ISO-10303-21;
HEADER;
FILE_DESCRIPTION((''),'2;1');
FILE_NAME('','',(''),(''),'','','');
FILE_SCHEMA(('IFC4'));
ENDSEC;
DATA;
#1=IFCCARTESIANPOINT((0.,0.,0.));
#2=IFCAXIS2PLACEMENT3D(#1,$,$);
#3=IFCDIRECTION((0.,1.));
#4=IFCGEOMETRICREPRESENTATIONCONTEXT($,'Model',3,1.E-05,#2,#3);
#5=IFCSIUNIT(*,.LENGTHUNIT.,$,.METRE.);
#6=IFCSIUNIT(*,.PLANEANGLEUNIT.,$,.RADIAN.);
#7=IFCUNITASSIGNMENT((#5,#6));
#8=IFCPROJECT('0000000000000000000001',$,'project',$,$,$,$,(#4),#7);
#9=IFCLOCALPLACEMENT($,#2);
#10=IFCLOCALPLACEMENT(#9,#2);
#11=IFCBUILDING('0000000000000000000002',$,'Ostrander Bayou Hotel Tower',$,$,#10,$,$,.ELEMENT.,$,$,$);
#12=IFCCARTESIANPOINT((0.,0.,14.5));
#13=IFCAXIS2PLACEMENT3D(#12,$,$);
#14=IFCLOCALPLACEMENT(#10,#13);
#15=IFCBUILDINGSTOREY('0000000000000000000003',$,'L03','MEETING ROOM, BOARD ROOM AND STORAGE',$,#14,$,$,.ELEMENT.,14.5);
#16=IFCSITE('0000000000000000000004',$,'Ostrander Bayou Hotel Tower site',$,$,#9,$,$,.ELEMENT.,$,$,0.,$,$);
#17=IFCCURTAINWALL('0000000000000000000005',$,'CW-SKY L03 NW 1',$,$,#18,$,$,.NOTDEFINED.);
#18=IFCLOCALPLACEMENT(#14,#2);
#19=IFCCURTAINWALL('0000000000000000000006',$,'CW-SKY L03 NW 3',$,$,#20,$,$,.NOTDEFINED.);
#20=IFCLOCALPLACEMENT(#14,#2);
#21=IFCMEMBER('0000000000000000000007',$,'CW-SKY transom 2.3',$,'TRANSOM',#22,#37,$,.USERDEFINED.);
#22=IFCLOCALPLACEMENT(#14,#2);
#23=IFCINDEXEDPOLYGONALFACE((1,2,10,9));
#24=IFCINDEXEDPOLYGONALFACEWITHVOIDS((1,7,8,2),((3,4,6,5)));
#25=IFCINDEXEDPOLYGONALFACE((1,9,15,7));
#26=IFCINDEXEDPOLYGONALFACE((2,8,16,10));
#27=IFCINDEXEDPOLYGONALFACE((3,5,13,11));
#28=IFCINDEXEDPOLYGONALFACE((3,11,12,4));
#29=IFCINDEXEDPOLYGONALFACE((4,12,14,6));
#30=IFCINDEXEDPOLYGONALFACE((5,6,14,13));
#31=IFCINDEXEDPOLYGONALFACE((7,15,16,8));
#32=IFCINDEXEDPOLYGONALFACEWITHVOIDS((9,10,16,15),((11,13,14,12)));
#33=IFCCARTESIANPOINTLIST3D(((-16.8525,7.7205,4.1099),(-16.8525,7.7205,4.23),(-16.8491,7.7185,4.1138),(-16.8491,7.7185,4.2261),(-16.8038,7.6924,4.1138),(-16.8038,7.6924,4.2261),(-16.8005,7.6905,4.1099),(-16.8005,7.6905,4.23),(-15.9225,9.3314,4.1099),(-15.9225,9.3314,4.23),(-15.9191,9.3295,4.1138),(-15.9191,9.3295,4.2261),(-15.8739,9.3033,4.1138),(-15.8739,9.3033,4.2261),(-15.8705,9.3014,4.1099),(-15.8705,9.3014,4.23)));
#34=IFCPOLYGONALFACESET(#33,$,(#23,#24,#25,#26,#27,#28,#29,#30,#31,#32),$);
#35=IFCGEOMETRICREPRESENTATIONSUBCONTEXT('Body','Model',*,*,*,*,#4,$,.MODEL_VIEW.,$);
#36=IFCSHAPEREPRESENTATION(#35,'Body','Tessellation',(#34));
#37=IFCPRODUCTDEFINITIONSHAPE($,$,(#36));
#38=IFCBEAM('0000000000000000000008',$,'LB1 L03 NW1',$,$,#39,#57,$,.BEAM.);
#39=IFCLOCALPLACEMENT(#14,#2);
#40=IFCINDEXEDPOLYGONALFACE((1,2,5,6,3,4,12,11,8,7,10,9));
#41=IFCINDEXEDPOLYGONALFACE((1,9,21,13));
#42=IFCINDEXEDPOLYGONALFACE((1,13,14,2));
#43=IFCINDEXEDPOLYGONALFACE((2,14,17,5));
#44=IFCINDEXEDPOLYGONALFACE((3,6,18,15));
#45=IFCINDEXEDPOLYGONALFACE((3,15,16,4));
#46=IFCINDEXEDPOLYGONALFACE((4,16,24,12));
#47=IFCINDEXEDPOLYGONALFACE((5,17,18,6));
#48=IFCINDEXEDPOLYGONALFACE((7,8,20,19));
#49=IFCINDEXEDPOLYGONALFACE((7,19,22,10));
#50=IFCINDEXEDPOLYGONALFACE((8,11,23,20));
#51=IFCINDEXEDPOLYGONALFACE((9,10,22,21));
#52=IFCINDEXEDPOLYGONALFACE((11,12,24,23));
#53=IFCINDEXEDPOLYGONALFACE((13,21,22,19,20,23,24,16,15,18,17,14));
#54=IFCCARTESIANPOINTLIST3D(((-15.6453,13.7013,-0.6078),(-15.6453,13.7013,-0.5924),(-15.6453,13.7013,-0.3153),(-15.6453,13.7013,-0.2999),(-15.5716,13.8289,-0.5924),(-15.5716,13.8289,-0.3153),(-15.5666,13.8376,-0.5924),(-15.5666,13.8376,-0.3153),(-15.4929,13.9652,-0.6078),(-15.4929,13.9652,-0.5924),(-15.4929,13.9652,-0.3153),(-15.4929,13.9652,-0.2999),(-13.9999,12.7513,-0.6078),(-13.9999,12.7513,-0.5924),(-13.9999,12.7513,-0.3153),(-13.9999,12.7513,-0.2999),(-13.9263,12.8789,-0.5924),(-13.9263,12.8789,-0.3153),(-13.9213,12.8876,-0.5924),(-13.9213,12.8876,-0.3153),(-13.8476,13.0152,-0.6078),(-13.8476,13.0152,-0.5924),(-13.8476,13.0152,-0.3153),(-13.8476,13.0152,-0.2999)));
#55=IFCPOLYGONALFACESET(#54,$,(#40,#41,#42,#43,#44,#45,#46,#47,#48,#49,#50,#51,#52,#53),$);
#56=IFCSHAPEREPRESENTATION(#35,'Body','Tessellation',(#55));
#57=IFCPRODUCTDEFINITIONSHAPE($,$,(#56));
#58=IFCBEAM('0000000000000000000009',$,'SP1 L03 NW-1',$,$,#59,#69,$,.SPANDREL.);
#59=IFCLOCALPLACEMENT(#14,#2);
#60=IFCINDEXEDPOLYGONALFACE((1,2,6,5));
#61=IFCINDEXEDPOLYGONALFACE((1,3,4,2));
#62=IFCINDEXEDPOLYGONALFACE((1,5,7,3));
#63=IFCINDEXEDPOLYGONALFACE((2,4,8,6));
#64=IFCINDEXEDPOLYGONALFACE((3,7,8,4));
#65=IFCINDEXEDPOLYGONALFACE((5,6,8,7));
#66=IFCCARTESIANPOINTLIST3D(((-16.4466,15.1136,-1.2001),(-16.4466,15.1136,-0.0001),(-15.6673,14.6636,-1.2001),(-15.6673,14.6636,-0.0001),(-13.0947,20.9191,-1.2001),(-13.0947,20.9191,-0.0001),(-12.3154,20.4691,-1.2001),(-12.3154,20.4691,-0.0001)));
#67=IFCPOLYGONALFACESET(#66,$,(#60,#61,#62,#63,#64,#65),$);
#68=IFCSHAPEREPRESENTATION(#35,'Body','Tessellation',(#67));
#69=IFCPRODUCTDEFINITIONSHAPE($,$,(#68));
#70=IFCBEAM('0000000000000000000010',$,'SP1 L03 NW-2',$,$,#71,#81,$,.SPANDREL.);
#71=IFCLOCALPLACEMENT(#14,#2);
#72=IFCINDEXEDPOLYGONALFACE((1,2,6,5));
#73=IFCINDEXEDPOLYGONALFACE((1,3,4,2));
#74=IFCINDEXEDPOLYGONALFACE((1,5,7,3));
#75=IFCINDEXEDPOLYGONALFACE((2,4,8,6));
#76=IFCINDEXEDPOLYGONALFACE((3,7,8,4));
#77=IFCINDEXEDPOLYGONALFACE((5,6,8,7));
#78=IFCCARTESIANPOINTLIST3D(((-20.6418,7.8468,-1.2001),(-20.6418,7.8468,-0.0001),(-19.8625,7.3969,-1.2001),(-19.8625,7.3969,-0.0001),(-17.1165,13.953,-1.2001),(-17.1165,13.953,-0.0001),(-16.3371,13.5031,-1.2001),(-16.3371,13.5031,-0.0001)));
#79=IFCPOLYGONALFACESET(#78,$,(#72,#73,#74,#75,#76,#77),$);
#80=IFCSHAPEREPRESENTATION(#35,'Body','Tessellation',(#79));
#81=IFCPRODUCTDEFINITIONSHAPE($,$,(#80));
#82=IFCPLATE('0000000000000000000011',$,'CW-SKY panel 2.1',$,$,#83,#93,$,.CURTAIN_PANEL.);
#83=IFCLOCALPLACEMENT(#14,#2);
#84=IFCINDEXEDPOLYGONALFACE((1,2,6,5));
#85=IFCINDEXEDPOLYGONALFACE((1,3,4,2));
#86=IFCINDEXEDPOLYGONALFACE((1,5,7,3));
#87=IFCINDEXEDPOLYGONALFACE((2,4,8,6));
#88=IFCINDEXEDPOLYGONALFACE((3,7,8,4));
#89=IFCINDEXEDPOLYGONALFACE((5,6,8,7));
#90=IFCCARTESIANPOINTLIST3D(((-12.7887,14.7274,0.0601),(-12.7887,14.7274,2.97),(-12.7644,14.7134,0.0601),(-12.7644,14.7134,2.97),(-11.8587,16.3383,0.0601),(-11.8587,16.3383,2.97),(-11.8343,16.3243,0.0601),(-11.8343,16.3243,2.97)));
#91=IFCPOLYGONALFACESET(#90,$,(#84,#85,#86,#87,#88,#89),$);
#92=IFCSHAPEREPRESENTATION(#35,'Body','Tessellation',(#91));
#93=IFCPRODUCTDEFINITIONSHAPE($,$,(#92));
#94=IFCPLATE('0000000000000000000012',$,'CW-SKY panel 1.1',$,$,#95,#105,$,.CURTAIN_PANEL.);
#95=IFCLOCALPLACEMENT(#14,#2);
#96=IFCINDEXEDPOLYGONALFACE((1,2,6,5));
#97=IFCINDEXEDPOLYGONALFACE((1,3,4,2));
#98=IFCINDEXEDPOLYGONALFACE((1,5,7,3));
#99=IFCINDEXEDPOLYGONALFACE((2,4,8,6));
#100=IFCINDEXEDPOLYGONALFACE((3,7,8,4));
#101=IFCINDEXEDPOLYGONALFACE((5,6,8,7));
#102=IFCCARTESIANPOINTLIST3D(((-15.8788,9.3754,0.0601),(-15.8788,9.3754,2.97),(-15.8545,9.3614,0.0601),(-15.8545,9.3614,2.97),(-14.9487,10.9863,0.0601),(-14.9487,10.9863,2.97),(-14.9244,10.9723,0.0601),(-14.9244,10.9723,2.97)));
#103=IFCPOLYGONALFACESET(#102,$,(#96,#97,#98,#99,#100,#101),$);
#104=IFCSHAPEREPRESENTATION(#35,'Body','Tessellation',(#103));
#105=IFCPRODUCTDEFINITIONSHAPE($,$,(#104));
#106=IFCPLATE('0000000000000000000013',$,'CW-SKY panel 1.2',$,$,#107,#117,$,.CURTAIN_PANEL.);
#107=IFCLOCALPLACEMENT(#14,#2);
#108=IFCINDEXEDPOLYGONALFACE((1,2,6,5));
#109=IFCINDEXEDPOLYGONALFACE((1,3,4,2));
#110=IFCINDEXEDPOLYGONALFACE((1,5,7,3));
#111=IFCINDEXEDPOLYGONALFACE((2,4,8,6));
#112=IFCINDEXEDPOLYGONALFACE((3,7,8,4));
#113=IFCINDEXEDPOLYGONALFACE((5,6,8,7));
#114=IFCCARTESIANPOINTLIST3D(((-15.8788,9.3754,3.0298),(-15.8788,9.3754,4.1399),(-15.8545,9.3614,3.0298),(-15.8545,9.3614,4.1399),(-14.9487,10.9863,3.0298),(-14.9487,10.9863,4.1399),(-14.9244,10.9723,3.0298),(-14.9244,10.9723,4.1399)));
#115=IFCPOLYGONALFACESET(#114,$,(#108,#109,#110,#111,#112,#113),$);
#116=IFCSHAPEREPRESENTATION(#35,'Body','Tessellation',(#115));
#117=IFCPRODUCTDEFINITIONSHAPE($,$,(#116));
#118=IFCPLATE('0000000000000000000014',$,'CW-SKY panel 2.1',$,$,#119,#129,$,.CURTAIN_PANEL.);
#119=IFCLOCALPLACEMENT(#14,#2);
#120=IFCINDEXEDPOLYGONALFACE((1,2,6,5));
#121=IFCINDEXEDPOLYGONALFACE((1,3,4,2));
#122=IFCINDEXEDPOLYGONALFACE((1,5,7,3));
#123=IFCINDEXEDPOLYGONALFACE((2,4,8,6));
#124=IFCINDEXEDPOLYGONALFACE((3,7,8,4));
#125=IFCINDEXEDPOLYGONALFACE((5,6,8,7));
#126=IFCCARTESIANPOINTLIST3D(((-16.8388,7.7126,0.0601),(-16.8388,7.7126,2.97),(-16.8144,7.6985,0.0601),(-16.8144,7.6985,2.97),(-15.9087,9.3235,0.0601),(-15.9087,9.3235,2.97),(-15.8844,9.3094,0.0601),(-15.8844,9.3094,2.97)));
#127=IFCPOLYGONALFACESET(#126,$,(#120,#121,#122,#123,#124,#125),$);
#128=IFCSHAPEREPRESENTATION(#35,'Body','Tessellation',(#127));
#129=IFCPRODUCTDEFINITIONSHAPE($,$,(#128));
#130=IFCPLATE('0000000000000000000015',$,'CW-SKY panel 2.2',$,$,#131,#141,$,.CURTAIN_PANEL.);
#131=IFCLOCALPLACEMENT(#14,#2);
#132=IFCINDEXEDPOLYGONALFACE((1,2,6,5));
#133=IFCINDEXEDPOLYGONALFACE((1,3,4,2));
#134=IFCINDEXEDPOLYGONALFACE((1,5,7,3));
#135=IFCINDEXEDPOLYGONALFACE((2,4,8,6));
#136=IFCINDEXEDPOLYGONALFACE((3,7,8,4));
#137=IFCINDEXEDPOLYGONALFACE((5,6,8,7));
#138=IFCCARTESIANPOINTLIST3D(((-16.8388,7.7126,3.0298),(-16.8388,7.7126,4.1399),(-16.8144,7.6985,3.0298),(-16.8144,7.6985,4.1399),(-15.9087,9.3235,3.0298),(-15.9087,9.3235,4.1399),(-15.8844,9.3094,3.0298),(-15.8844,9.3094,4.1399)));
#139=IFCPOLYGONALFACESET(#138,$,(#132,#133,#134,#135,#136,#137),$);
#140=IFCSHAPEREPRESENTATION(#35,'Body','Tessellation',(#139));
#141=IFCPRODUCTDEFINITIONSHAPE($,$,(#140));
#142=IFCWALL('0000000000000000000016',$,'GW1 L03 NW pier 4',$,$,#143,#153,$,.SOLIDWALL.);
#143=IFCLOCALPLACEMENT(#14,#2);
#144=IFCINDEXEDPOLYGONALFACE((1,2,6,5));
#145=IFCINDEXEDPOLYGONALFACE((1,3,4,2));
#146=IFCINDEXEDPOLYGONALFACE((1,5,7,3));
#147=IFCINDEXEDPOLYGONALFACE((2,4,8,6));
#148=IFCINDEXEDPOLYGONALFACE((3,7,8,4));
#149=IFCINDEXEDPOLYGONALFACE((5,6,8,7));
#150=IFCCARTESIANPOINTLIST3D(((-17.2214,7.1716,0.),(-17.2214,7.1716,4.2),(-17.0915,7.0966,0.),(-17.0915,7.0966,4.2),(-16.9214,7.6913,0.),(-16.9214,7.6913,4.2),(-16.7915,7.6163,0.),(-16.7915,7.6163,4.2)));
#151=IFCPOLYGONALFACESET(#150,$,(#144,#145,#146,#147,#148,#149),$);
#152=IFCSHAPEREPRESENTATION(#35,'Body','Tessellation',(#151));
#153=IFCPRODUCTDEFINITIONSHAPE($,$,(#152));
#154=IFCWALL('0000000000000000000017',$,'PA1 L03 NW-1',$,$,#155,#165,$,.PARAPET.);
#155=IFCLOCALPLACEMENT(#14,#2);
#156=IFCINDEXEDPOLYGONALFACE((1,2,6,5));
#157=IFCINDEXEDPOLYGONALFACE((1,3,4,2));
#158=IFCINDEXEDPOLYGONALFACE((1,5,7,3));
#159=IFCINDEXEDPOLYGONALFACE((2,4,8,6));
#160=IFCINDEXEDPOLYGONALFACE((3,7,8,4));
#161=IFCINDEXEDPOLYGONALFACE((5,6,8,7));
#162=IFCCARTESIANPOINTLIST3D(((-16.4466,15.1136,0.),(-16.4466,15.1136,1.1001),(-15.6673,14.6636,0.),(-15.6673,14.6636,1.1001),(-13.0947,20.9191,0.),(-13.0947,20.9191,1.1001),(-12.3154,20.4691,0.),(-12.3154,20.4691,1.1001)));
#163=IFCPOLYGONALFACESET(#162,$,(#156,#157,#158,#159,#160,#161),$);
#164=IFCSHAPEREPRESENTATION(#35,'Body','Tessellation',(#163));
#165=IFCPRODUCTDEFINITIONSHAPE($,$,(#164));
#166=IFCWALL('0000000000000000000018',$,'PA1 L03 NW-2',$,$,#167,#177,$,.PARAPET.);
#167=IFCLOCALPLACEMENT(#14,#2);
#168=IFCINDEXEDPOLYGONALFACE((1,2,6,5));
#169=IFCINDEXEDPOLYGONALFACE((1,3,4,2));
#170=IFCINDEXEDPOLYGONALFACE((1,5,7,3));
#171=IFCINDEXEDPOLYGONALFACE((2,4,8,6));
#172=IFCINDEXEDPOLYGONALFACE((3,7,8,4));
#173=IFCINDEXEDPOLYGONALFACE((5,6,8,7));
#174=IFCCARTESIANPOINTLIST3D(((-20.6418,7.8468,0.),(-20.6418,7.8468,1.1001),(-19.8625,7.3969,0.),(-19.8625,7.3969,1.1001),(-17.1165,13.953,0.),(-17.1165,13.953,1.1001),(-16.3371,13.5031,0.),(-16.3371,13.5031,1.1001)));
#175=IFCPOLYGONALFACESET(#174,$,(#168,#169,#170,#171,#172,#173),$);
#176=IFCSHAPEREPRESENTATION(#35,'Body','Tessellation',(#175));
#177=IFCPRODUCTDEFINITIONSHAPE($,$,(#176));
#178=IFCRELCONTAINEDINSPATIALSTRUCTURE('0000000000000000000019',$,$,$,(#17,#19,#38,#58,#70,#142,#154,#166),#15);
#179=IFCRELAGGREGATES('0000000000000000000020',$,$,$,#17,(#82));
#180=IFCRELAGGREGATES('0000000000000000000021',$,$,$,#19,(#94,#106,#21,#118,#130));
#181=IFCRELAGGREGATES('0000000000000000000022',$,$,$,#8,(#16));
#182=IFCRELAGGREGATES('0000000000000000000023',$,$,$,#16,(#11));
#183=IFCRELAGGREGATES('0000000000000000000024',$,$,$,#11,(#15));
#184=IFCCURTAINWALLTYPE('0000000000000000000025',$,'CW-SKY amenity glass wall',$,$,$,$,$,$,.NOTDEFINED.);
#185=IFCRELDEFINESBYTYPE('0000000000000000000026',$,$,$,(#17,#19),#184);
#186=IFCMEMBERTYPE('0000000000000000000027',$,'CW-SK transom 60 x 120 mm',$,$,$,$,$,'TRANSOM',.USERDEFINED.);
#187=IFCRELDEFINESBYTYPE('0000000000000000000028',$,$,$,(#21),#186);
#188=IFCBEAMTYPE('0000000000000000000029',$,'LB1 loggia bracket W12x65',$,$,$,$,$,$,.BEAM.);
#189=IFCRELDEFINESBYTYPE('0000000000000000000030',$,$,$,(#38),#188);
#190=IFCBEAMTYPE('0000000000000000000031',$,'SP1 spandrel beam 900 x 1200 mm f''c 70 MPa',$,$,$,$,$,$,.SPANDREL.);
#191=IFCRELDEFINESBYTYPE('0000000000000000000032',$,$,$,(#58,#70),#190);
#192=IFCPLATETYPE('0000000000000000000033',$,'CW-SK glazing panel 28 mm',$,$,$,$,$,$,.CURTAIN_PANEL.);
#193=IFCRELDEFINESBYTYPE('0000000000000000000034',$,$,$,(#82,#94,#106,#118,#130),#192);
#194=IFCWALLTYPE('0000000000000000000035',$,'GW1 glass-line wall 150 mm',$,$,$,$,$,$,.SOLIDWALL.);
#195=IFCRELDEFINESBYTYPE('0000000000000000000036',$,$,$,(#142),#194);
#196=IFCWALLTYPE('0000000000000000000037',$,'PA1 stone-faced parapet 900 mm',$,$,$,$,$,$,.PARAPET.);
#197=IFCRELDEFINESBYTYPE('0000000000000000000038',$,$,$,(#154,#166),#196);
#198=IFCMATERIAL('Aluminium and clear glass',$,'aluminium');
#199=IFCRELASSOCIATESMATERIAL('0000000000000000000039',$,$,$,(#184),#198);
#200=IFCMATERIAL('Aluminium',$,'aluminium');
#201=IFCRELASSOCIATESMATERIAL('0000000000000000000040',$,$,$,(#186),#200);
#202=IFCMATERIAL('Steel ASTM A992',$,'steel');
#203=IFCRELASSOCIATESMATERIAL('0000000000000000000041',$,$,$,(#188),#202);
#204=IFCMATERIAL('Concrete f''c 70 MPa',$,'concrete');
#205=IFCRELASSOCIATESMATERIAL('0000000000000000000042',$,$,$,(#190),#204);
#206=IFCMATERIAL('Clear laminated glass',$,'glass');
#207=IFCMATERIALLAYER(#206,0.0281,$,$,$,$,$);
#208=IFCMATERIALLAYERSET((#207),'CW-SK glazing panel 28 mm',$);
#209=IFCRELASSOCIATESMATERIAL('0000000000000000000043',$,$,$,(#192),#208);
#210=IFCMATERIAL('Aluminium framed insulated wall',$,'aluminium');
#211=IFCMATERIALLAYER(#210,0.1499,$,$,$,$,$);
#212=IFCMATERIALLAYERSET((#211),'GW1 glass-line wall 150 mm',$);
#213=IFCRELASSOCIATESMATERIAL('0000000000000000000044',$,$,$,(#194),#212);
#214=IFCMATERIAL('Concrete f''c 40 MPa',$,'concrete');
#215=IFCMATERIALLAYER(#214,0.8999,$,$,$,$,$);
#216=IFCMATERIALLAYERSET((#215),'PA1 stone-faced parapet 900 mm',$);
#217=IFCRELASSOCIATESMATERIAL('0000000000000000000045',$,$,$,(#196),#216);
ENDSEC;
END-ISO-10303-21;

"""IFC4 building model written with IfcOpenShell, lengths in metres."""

from ifc_helpers import new_model, si_unit, direction, frame, frame_2d, origin, origin_2d, place, context, subcontext, project, spatial, rectangle, hollow_rectangle, i_section, extrude, material, layer, layer_set, material_profile, profile_set, type_object, element, aggregate, save


model = new_model("IFC4")

# Units and contexts
model_context = context("Model", 3, precision=1e-05, world=origin(), true_north=direction((0.0, 1.0)))
body_context = subcontext(model_context, "Body", "Model", "MODEL_VIEW")
ifc_project = project(units=[si_unit("LENGTHUNIT", "METRE"), si_unit("PLANEANGLEUNIT", "RADIAN")], contexts=[model_context])

# Site, building, storey
site_placement = place(None, origin())
site = spatial("IfcSite", under=ifc_project, at=site_placement, Name="Ostrander Bayou Hotel Tower site", CompositionType="ELEMENT", RefElevation=0.0)
building_placement = place(site_placement, origin())
building = spatial("IfcBuilding", under=site, at=building_placement, Name="Ostrander Bayou Hotel Tower", CompositionType="ELEMENT")
storey_placement = place(building_placement, frame((0.0, 0.0, 14.5)))
storey = spatial("IfcBuildingStorey", under=building, at=storey_placement, Name="L03", Description="MEETING ROOM, BOARD ROOM AND STORAGE", CompositionType="ELEMENT", Elevation=14.5)

# Curtain wall
ifc_material_1 = material(Name="Aluminium and clear glass", Category="aluminium")
curtain_wall_type = type_object("IfcCurtainWallType", Name="CW-SKY amenity glass wall", PredefinedType="NOTDEFINED", material=ifc_material_1)
curtain_wall_1_placement = place(storey_placement, origin())
curtain_wall_1 = element("IfcCurtainWall", 1, at=curtain_wall_1_placement, inside=storey, type_object=curtain_wall_type, Name="CW-SKY L03 NW 1", PredefinedType="NOTDEFINED")

# Curtain wall
curtain_wall_2_placement = place(storey_placement, origin())
curtain_wall_2 = element("IfcCurtainWall", 2, at=curtain_wall_2_placement, inside=storey, type_object=curtain_wall_type, Name="CW-SKY L03 NW 3", PredefinedType="NOTDEFINED")

# Member
ifc_material_2 = material(Name="Aluminium", Category="aluminium")
ifc_material_profile_1 = material_profile(ifc_material_2, hollow_rectangle(XDim=0.0601, YDim=0.1201, WallThickness=0.0039, at=origin_2d()))
ifc_profile_set_1 = profile_set([ifc_material_profile_1], Name="Aluminium")
member_type_1 = type_object("IfcMemberType", Name="CW-SK transom 60 x 120 mm", ElementType="TRANSOM", PredefinedType="USERDEFINED", material=ifc_profile_set_1)
member_1_placement = place(storey_placement, frame((-15.8965, 9.3164, 4.1699), z_axis=(-0.499965, -0.866046, 0.0), x_axis=(0.866046, -0.499965, 0.0)))
member_1 = element("IfcMember", 3, at=member_1_placement, type_object=member_type_1, Name="CW-SKY transom 2.3", ObjectType="TRANSOM", PredefinedType="USERDEFINED", context=body_context, shape_type="SweptSolid", body=[
    extrude(hollow_rectangle(XDim=0.0601, YDim=0.1201, WallThickness=0.0039, at=origin_2d()), origin(), (0.0, 0.0, 1.0), 1.8601),
])

# Beams
ifc_material_3 = material(Name="Steel ASTM A992", Category="steel")
ifc_material_profile_2 = material_profile(ifc_material_3, i_section(OverallWidth=0.3047, OverallDepth=0.3079, WebThickness=0.01, FlangeThickness=0.0154, at=origin_2d()))
ifc_profile_set_2 = profile_set([ifc_material_profile_2], Name="Steel ASTM A992")
beam_type_1 = type_object("IfcBeamType", Name="LB1 loggia bracket W12x65", PredefinedType="BEAM", material=ifc_profile_set_2)
beam_1_placement = place(storey_placement, frame((-15.5691, 13.8333, -0.4539), z_axis=(0.866012, -0.500023, 0.0), x_axis=(0.500023, 0.866012, 0.0)))
element("IfcBeam", 4, at=beam_1_placement, inside=storey, type_object=beam_type_1, Name="LB1 L03 NW1", PredefinedType="BEAM", context=body_context, shape_type="SweptSolid", body=[
    extrude(i_section(OverallWidth=0.3047, OverallDepth=0.3079, WebThickness=0.01, FlangeThickness=0.0154, at=origin_2d()), origin(), (0.0, 0.0, 1.0), 1.8999),
])
ifc_material_4 = material(Name="Concrete f'c 70 MPa", Category="concrete")
ifc_material_profile_3 = material_profile(ifc_material_4, rectangle(XDim=0.8999, YDim=1.2, at=origin_2d()))
ifc_profile_set_3 = profile_set([ifc_material_profile_3], Name="Concrete f'c 70 MPa")
beam_type_2 = type_object("IfcBeamType", Name="SP1 spandrel beam 900 x 1200 mm f'c 70 MPa", PredefinedType="SPANDREL", material=ifc_profile_set_3)
beam_2_placement = place(storey_placement, frame((-12.7051, 20.6941, -0.6001), z_axis=(-0.500005, -0.866022, 0.0), x_axis=(0.866022, -0.500005, 0.0)))
element("IfcBeam", 5, at=beam_2_placement, inside=storey, type_object=beam_type_2, Name="SP1 L03 NW-1", PredefinedType="SPANDREL", context=body_context, shape_type="SweptSolid", body=[
    extrude(rectangle(XDim=0.8999, YDim=1.2, at=origin_2d()), origin(), (0.0, 0.0, 1.0), 6.7036),
])
beam_3_placement = place(storey_placement, frame((-16.7268, 13.728, -0.6001), z_axis=(-0.499997, -0.866027, 0.0), x_axis=(0.866027, -0.499997, 0.0)))
element("IfcBeam", 6, at=beam_3_placement, inside=storey, type_object=beam_type_2, Name="SP1 L03 NW-2", PredefinedType="SPANDREL", context=body_context, shape_type="SweptSolid", body=[
    extrude(rectangle(XDim=0.8999, YDim=1.2, at=origin_2d()), origin(), (0.0, 0.0, 1.0), 7.0508),
])

# Plates
ifc_material_5 = material(Name="Clear laminated glass", Category="glass")
ifc_layer_1 = layer(ifc_material_5, 0.0281)
ifc_layer_set_1 = layer_set([ifc_layer_1], Name="CW-SK glazing panel 28 mm")
plate_type = type_object("IfcPlateType", Name="CW-SK glazing panel 28 mm", PredefinedType="CURTAIN_PANEL", material=ifc_layer_set_1)
plate_1_placement = place(storey_placement, frame((-12.3115, 15.5259, 0.0601), z_axis=(0.0, 0.0, 1.0), x_axis=(-0.5, -0.866025, 0.0)))
plate_1 = element("IfcPlate", 7, at=plate_1_placement, type_object=plate_type, Name="CW-SKY panel 2.1", PredefinedType="CURTAIN_PANEL", context=body_context, shape_type="SweptSolid", body=[
    extrude(rectangle(XDim=1.8601, YDim=0.0281, at=origin_2d()), origin(), (0.0, 0.0, 1.0), 2.9099),
])
aggregate(curtain_wall_1, [plate_1])
plate_2_placement = place(storey_placement, frame((-15.4016, 10.1738, 0.0601), z_axis=(0.0, 0.0, 1.0), x_axis=(-0.5, -0.866025, 0.0)))
plate_2 = element("IfcPlate", 8, at=plate_2_placement, type_object=plate_type, Name="CW-SKY panel 1.1", PredefinedType="CURTAIN_PANEL", context=body_context, shape_type="SweptSolid", body=[
    extrude(rectangle(XDim=1.8601, YDim=0.0281, at=origin_2d()), origin(), (0.0, 0.0, 1.0), 2.9099),
])
plate_3_placement = place(storey_placement, frame((-15.4016, 10.1738, 3.0298), z_axis=(0.0, 0.0, 1.0), x_axis=(-0.5, -0.866025, 0.0)))
plate_3 = element("IfcPlate", 9, at=plate_3_placement, type_object=plate_type, Name="CW-SKY panel 1.2", PredefinedType="CURTAIN_PANEL", context=body_context, shape_type="SweptSolid", body=[
    extrude(rectangle(XDim=1.8601, YDim=0.0281, at=origin_2d()), origin(), (0.0, 0.0, 1.0), 1.1101),
])
plate_4_placement = place(storey_placement, frame((-16.3616, 8.511, 0.0601), z_axis=(0.0, 0.0, 1.0), x_axis=(-0.5, -0.866025, 0.0)))
plate_4 = element("IfcPlate", 10, at=plate_4_placement, type_object=plate_type, Name="CW-SKY panel 2.1", PredefinedType="CURTAIN_PANEL", context=body_context, shape_type="SweptSolid", body=[
    extrude(rectangle(XDim=1.8601, YDim=0.0281, at=origin_2d()), origin(), (0.0, 0.0, 1.0), 2.9099),
])
plate_5_placement = place(storey_placement, frame((-16.3616, 8.511, 3.0298), z_axis=(0.0, 0.0, 1.0), x_axis=(-0.5, -0.866025, 0.0)))
plate_5 = element("IfcPlate", 11, at=plate_5_placement, type_object=plate_type, Name="CW-SKY panel 2.2", PredefinedType="CURTAIN_PANEL", context=body_context, shape_type="SweptSolid", body=[
    extrude(rectangle(XDim=1.8601, YDim=0.0281, at=origin_2d()), origin(), (0.0, 0.0, 1.0), 1.1101),
])
aggregate(curtain_wall_2, [plate_2, plate_3, member_1, plate_4, plate_5])

# Shared definitions
ifc_material_6 = material(Name="Aluminium framed insulated wall", Category="aluminium")
ifc_layer_2 = layer(ifc_material_6, 0.1499)
ifc_layer_set_2 = layer_set([ifc_layer_2], Name="GW1 glass-line wall 150 mm")
wall_type_1 = type_object("IfcWallType", Name="GW1 glass-line wall 150 mm", PredefinedType="SOLIDWALL", material=ifc_layer_set_2)

# Walls
wall_1_placement = place(storey_placement, frame((-16.8564, 7.6538, 0.0), z_axis=(0.0, 0.0, 1.0), x_axis=(-0.499945, -0.866057, 0.0)))
element("IfcWall", 12, at=wall_1_placement, inside=storey, type_object=wall_type_1, Name="GW1 L03 NW pier 4", PredefinedType="SOLIDWALL", context=body_context, shape_type="SweptSolid", body=[
    extrude(rectangle(XDim=0.6001, YDim=0.1499, at=frame_2d((0.3, 0.0))), origin(), (0.0, 0.0, 1.0), 4.2),
])
ifc_material_7 = material(Name="Concrete f'c 40 MPa", Category="concrete")
ifc_layer_3 = layer(ifc_material_7, 0.8999)
ifc_layer_set_3 = layer_set([ifc_layer_3], Name="PA1 stone-faced parapet 900 mm")
wall_type_2 = type_object("IfcWallType", Name="PA1 stone-faced parapet 900 mm", PredefinedType="PARAPET", material=ifc_layer_set_3)
wall_2_placement = place(storey_placement, frame((-12.7051, 20.6941, 0.0), z_axis=(0.0, 0.0, 1.0), x_axis=(-0.500005, -0.866022, 0.0)))
element("IfcWall", 13, at=wall_2_placement, inside=storey, type_object=wall_type_2, Name="PA1 L03 NW-1", PredefinedType="PARAPET", context=body_context, shape_type="SweptSolid", body=[
    extrude(rectangle(XDim=6.7036, YDim=0.8999, at=frame_2d((3.3518, 0.0))), origin(), (0.0, 0.0, 1.0), 1.1001),
])
wall_3_placement = place(storey_placement, frame((-16.7268, 13.728, 0.0), z_axis=(0.0, 0.0, 1.0), x_axis=(-0.499997, -0.866027, 0.0)))
element("IfcWall", 14, at=wall_3_placement, inside=storey, type_object=wall_type_2, Name="PA1 L03 NW-2", PredefinedType="PARAPET", context=body_context, shape_type="SweptSolid", body=[
    extrude(rectangle(XDim=7.0508, YDim=0.8999, at=frame_2d((3.5254, 0.0))), origin(), (0.0, 0.0, 1.0), 1.1001),
])

save(model, "model.ifc")
